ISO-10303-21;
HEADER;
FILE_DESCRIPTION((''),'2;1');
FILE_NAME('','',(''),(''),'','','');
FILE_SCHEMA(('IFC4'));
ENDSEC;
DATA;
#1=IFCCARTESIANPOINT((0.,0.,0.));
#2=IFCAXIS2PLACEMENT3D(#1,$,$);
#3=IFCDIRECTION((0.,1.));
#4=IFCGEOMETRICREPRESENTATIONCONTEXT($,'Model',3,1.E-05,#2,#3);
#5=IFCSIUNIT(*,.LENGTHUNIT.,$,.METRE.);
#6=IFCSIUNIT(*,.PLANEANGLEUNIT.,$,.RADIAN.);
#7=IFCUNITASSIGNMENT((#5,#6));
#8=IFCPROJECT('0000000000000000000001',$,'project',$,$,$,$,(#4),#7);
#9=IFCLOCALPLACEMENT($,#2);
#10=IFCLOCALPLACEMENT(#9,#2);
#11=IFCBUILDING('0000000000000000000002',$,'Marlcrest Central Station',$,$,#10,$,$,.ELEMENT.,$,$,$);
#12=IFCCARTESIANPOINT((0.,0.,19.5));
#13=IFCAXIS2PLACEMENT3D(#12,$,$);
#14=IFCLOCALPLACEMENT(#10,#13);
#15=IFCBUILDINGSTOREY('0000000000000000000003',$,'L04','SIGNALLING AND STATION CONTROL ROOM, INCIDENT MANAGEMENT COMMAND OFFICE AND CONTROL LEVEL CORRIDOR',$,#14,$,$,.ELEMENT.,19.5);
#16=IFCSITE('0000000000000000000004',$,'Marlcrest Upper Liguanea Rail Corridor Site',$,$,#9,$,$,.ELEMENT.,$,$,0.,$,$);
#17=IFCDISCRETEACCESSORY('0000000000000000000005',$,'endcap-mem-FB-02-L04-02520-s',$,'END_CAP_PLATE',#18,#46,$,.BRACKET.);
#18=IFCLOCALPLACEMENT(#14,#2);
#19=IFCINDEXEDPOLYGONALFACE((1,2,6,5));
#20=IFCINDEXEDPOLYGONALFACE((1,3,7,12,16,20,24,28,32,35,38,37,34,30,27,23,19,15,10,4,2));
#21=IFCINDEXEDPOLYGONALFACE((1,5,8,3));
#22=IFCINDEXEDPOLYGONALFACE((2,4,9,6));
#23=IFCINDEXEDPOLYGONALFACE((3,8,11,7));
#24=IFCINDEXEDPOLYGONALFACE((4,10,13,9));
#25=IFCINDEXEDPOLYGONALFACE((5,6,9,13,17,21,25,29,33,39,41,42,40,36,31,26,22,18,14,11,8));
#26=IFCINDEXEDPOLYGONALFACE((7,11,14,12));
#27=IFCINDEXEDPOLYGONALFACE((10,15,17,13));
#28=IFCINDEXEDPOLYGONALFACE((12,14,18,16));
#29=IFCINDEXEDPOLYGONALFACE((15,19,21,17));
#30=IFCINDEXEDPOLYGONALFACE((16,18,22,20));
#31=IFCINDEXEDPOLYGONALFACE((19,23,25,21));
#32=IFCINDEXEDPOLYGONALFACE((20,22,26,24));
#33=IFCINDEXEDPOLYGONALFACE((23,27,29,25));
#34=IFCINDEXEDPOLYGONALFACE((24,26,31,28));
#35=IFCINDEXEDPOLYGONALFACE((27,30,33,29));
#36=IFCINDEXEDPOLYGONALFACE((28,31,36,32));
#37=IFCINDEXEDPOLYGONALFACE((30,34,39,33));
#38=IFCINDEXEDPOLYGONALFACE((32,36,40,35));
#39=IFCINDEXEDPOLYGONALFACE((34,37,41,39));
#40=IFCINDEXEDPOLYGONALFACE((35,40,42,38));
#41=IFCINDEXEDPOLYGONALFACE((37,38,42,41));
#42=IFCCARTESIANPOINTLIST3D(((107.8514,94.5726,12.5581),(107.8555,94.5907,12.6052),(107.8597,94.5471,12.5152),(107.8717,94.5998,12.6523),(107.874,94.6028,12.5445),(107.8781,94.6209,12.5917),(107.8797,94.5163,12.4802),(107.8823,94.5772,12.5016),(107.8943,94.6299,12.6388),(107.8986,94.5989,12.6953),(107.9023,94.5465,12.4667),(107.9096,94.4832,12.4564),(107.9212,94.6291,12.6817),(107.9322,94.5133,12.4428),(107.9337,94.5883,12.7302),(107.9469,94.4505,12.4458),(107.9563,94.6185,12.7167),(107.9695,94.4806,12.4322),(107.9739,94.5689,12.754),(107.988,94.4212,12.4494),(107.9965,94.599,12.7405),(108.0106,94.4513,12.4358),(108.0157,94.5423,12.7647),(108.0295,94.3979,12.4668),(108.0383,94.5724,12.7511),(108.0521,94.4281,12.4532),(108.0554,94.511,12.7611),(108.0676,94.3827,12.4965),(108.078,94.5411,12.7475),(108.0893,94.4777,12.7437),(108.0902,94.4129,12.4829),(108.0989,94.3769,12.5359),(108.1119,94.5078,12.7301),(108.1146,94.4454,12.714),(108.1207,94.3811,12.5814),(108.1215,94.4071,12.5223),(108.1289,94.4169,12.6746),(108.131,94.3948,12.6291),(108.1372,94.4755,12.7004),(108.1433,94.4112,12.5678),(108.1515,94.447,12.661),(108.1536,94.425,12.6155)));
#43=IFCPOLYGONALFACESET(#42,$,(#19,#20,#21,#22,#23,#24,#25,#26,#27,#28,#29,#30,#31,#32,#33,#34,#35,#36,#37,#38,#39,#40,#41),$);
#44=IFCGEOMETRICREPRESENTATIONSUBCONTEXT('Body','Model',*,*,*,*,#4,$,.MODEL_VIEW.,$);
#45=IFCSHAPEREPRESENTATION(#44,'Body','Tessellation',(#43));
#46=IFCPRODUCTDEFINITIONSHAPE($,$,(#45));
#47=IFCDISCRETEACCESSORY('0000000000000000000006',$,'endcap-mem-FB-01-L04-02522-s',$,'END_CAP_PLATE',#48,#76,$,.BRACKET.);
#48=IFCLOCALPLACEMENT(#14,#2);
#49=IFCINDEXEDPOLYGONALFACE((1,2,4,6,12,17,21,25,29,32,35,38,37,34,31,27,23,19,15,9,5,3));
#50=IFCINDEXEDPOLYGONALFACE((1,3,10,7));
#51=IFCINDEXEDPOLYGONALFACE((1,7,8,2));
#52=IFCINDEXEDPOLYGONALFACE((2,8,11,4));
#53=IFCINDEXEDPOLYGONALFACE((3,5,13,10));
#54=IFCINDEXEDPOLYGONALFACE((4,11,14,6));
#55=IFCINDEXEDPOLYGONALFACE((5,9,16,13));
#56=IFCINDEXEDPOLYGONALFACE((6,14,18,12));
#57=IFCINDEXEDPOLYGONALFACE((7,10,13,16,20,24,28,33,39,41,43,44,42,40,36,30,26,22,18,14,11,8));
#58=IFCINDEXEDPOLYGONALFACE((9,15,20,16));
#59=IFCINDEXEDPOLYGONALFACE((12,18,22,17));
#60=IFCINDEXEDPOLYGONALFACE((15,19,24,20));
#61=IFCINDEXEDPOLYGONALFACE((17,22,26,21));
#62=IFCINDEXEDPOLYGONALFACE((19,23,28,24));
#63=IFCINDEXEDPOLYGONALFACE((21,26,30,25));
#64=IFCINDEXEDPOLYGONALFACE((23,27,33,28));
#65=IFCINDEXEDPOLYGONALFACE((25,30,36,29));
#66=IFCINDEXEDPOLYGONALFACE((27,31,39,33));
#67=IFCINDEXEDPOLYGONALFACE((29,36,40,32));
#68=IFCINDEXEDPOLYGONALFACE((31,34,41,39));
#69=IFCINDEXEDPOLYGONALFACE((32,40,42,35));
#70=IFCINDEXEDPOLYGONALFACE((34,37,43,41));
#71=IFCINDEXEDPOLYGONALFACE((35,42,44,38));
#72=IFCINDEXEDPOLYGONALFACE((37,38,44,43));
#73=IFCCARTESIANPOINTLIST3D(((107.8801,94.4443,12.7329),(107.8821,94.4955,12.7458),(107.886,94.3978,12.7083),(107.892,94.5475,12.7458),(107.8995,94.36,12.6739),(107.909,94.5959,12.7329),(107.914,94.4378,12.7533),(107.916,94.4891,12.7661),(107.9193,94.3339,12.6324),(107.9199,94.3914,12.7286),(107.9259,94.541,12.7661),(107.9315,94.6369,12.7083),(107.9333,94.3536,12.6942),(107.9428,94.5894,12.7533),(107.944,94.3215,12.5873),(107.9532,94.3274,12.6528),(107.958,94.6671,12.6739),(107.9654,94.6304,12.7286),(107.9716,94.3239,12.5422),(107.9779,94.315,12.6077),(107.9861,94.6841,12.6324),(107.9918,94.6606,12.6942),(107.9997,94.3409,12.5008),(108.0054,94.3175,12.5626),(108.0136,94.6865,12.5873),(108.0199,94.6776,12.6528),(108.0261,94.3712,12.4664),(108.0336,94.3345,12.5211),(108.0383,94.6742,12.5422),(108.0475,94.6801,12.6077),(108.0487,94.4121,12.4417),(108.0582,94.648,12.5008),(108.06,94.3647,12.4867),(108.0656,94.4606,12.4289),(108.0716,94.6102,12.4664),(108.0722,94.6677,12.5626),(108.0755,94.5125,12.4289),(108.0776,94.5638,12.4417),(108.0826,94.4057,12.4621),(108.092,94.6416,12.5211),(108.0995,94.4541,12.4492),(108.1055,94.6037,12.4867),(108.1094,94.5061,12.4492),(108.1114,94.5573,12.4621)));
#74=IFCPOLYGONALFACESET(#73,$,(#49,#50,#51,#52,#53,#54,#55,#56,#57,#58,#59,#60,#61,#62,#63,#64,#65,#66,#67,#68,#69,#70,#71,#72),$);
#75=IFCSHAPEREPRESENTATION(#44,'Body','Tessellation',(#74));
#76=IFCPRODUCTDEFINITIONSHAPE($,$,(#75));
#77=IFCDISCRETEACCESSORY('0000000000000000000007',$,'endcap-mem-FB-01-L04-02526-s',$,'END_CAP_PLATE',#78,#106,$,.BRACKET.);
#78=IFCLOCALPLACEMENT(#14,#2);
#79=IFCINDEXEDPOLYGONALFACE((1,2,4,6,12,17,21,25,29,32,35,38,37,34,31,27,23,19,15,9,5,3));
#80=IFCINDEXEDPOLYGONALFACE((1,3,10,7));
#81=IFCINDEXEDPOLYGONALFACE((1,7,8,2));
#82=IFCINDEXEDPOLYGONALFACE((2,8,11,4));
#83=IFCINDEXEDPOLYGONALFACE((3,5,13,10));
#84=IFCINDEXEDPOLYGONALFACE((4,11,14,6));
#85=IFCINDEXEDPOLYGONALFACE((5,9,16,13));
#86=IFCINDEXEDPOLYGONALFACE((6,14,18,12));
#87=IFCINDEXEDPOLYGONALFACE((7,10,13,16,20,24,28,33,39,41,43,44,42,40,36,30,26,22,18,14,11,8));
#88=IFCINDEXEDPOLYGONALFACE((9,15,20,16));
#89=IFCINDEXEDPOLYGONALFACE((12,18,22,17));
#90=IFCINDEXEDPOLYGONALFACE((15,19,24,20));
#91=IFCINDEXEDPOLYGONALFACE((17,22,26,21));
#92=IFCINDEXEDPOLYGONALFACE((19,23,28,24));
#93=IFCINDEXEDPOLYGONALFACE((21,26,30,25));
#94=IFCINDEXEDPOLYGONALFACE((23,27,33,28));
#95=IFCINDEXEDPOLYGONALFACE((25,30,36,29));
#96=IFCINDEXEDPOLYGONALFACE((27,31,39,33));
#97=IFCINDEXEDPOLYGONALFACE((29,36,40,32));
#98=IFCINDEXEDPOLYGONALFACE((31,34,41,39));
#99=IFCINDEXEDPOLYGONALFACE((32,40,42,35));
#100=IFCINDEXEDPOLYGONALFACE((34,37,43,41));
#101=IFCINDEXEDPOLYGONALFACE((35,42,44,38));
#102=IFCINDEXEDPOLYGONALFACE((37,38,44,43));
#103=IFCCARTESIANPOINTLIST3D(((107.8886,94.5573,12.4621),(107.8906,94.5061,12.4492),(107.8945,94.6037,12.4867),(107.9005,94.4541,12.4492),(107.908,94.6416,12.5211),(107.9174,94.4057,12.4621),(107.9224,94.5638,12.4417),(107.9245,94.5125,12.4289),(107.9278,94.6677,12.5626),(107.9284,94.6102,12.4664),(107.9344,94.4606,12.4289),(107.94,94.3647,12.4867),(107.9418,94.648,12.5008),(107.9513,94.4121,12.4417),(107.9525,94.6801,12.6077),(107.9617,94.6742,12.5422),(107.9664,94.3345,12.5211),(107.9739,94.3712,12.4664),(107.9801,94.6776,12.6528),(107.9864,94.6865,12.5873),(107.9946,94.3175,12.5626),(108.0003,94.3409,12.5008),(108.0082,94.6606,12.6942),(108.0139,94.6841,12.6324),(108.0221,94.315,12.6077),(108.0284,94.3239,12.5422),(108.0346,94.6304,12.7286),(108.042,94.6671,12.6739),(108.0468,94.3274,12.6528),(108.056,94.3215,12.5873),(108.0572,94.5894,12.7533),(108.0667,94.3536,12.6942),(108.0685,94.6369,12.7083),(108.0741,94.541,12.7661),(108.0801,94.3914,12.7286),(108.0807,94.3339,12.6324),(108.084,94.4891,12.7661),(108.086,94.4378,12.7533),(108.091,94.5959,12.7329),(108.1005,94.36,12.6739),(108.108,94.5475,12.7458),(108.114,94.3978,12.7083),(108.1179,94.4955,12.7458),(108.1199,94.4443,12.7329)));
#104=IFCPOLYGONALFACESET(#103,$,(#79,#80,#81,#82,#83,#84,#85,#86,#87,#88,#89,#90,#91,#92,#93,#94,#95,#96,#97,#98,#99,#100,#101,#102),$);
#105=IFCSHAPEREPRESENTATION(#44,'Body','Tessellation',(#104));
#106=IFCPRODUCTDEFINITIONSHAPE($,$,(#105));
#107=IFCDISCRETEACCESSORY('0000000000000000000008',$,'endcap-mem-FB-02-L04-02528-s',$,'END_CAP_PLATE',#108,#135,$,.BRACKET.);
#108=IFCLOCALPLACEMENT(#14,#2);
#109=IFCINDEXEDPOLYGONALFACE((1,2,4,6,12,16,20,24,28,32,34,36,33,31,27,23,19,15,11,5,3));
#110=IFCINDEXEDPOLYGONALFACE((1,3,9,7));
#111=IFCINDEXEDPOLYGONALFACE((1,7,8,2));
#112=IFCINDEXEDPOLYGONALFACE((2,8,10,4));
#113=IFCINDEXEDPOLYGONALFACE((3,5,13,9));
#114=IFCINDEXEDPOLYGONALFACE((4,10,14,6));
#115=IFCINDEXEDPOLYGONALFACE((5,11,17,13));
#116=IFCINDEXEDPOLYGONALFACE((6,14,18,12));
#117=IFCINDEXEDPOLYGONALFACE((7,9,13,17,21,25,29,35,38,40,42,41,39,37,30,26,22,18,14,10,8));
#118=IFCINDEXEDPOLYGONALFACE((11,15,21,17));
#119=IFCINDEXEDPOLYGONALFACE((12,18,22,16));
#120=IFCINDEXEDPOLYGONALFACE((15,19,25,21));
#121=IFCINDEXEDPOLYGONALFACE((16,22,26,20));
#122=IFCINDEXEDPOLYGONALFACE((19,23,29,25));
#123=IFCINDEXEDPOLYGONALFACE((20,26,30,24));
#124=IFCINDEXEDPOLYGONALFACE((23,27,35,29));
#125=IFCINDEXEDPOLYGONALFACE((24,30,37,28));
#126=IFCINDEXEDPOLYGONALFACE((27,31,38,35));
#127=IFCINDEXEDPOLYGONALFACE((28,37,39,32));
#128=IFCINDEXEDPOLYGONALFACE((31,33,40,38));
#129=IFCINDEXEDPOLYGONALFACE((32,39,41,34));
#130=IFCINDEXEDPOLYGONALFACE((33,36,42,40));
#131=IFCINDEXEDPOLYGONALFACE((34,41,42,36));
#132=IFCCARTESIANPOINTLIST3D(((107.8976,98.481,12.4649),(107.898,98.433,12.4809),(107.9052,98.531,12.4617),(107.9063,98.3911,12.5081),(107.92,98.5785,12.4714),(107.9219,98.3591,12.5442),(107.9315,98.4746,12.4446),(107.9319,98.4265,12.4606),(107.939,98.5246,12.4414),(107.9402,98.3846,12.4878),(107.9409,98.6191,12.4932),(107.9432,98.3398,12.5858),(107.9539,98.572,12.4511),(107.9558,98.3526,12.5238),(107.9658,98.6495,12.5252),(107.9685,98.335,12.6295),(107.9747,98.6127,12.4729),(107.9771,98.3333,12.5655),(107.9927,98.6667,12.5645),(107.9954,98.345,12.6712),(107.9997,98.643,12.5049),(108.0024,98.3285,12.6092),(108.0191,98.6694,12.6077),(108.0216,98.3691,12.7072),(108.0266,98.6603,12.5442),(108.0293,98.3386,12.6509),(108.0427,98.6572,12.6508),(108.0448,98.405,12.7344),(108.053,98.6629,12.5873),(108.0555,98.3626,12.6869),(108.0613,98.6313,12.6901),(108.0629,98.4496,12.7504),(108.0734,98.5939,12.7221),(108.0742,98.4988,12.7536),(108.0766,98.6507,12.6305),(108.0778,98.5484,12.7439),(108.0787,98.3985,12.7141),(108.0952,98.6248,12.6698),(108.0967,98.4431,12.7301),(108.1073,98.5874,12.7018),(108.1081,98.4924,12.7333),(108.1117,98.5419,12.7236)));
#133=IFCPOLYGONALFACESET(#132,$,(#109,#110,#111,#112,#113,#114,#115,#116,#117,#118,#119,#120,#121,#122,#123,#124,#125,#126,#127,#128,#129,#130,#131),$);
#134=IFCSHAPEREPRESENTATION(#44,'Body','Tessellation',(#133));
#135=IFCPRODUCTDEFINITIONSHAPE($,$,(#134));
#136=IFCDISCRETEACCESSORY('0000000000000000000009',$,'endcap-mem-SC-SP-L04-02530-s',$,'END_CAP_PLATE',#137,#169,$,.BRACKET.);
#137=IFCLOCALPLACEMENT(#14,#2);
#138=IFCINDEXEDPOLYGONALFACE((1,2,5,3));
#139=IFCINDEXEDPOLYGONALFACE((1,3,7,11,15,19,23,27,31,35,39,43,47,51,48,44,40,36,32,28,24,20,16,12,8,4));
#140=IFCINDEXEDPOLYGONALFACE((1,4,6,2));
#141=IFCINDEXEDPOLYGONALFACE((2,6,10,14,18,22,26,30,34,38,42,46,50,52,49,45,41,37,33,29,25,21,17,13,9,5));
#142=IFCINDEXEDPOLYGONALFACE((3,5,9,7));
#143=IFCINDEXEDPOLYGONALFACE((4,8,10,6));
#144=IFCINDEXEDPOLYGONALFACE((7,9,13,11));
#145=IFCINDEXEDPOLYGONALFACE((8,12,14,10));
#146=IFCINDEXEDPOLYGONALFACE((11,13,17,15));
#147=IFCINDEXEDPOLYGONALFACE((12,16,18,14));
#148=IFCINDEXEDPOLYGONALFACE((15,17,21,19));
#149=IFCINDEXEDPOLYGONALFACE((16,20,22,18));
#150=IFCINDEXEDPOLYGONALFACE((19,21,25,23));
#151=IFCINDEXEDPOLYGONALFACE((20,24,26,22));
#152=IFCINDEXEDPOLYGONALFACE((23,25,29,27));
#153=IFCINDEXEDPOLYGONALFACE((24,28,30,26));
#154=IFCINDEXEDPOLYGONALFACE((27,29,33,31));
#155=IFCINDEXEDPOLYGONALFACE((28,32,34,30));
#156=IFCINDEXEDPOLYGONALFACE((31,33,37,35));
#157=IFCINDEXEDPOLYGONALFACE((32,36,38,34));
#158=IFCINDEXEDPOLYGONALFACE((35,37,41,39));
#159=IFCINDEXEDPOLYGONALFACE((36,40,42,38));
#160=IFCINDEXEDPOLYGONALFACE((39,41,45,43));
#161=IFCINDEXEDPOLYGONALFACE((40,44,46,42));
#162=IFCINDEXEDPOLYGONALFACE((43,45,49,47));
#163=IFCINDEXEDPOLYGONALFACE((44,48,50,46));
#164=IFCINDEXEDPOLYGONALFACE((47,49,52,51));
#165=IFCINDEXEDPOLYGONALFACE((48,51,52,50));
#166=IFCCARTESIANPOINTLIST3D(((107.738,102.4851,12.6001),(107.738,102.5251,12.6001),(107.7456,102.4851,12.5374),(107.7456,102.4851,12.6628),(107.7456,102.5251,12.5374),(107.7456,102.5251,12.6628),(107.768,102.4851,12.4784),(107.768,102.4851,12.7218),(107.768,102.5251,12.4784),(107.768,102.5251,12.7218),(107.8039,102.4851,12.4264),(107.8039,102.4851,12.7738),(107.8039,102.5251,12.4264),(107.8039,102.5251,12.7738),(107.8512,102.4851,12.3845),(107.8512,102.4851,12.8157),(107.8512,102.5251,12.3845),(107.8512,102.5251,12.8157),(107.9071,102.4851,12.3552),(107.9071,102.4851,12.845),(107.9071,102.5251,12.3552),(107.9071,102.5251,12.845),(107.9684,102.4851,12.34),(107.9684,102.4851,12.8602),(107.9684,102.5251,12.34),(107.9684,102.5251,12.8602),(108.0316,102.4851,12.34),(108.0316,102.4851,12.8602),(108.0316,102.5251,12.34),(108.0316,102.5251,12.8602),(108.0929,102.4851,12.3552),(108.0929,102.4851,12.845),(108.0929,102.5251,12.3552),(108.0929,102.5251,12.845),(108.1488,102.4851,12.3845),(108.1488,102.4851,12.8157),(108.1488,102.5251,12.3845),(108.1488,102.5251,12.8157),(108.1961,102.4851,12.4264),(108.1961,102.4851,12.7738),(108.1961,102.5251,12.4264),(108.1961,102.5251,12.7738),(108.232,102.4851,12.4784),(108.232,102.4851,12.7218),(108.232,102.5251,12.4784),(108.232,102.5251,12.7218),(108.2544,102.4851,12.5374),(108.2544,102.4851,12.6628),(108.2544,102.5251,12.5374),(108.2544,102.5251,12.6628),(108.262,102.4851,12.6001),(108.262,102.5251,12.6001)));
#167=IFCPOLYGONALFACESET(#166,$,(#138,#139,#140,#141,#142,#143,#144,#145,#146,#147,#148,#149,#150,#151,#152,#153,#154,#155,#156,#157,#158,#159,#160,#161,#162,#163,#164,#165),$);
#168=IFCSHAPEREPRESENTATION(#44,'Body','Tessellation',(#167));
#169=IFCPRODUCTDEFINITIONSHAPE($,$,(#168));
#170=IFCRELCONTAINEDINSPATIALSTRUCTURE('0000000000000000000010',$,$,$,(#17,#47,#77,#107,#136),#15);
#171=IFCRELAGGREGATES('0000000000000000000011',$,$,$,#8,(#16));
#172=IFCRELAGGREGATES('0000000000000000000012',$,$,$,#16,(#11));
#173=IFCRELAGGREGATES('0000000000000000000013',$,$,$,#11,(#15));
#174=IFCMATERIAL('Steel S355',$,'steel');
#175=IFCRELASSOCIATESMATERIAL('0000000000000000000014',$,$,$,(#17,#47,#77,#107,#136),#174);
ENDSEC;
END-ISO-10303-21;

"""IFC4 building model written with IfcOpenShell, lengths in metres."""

from ifc_helpers import new_model, si_unit, direction, frame, origin, origin_2d, place, context, subcontext, project, spatial, circle, extrude, material, element, save


model = new_model("IFC4")

# Units and contexts
model_context = context("Model", 3, precision=1e-05, world=origin(), true_north=direction((0.0, 1.0)))
body_context = subcontext(model_context, "Body", "Model", "MODEL_VIEW")
ifc_project = project(units=[si_unit("LENGTHUNIT", "METRE"), si_unit("PLANEANGLEUNIT", "RADIAN")], contexts=[model_context])

# Site, building, storey
site_placement = place(None, origin())
site = spatial("IfcSite", under=ifc_project, at=site_placement, Name="Marlcrest Upper Liguanea Rail Corridor Site", CompositionType="ELEMENT", RefElevation=0.0)
building_placement = place(site_placement, origin())
building = spatial("IfcBuilding", under=site, at=building_placement, Name="Marlcrest Central Station", CompositionType="ELEMENT")
storey_placement = place(building_placement, frame((0.0, 0.0, 19.5)))
storey = spatial("IfcBuildingStorey", under=building, at=storey_placement, Name="L04", Description="SIGNALLING AND STATION CONTROL ROOM, INCIDENT MANAGEMENT COMMAND OFFICE AND CONTROL LEVEL CORRIDOR", CompositionType="ELEMENT", Elevation=19.5)

# Discrete accessories
ifc_material_1 = material(Name="Steel S355", Category="steel")
for number, where, z_axis, x_axis, name in (
    (1, (107.9915, 94.4888, 12.6052), (0.564531, 0.752708, -0.338728), (-0.8, 0.6, 0.0), "endcap-mem-FB-02-L04-02520-s"),
):
    element("IfcDiscreteAccessory", number, at=place(storey_placement, frame(where, z_axis=z_axis, x_axis=x_axis)), inside=storey, material=ifc_material_1, Name=name, ObjectType="END_CAP_PLATE", PredefinedType="BRACKET", context=body_context, shape_type="SweptSolid", body=[
        extrude(circle(Radius=0.1699, at=origin_2d()), origin(), (0.0, 0.0, 1.0), 0.04),
    ])
for number, where, z_axis, x_axis, name in (
    (2, (108.0127, 94.4976, 12.6077), (-0.846277, 0.161196, -0.50777), (-0.187112, -0.982339, 0.0), "endcap-mem-FB-01-L04-02522-s"),
    (3, (107.9873, 94.4976, 12.6077), (0.846277, 0.161196, -0.50777), (-0.187112, 0.982339, 0.0), "endcap-mem-FB-01-L04-02526-s"),
):
    element("IfcDiscreteAccessory", number, at=place(storey_placement, frame(where, z_axis=z_axis, x_axis=x_axis)), inside=storey, material=ifc_material_1, Name=name, ObjectType="END_CAP_PLATE", PredefinedType="BRACKET", context=body_context, shape_type="SweptSolid", body=[
        extrude(circle(Radius=0.1858, at=origin_2d()), origin(), (0.0, 0.0, 1.0), 0.04),
    ])
discrete_accessory_1_placement = place(storey_placement, frame((107.9873, 98.5024, 12.6077), z_axis=(0.846277, -0.161196, -0.50777), x_axis=(0.187112, 0.982339, 0.0)))
element("IfcDiscreteAccessory", 4, at=discrete_accessory_1_placement, inside=storey, material=ifc_material_1, Name="endcap-mem-FB-02-L04-02528-s", ObjectType="END_CAP_PLATE", PredefinedType="BRACKET", context=body_context, shape_type="SweptSolid", body=[
    extrude(circle(Radius=0.1699, at=origin_2d()), origin(), (0.0, 0.0, 1.0), 0.04),
])
discrete_accessory_2_placement = place(storey_placement, frame((108.0, 102.4851, 12.6001), z_axis=(0.0, 1.0, 0.0), x_axis=(-1.0, 0.0, 0.0)))
element("IfcDiscreteAccessory", 5, at=discrete_accessory_2_placement, inside=storey, material=ifc_material_1, Name="endcap-mem-SC-SP-L04-02530-s", ObjectType="END_CAP_PLATE", PredefinedType="BRACKET", context=body_context, shape_type="SweptSolid", body=[
    extrude(circle(Radius=0.262, at=origin_2d()), origin(), (0.0, 0.0, 1.0), 0.04),
])

save(model, "model.ifc")
